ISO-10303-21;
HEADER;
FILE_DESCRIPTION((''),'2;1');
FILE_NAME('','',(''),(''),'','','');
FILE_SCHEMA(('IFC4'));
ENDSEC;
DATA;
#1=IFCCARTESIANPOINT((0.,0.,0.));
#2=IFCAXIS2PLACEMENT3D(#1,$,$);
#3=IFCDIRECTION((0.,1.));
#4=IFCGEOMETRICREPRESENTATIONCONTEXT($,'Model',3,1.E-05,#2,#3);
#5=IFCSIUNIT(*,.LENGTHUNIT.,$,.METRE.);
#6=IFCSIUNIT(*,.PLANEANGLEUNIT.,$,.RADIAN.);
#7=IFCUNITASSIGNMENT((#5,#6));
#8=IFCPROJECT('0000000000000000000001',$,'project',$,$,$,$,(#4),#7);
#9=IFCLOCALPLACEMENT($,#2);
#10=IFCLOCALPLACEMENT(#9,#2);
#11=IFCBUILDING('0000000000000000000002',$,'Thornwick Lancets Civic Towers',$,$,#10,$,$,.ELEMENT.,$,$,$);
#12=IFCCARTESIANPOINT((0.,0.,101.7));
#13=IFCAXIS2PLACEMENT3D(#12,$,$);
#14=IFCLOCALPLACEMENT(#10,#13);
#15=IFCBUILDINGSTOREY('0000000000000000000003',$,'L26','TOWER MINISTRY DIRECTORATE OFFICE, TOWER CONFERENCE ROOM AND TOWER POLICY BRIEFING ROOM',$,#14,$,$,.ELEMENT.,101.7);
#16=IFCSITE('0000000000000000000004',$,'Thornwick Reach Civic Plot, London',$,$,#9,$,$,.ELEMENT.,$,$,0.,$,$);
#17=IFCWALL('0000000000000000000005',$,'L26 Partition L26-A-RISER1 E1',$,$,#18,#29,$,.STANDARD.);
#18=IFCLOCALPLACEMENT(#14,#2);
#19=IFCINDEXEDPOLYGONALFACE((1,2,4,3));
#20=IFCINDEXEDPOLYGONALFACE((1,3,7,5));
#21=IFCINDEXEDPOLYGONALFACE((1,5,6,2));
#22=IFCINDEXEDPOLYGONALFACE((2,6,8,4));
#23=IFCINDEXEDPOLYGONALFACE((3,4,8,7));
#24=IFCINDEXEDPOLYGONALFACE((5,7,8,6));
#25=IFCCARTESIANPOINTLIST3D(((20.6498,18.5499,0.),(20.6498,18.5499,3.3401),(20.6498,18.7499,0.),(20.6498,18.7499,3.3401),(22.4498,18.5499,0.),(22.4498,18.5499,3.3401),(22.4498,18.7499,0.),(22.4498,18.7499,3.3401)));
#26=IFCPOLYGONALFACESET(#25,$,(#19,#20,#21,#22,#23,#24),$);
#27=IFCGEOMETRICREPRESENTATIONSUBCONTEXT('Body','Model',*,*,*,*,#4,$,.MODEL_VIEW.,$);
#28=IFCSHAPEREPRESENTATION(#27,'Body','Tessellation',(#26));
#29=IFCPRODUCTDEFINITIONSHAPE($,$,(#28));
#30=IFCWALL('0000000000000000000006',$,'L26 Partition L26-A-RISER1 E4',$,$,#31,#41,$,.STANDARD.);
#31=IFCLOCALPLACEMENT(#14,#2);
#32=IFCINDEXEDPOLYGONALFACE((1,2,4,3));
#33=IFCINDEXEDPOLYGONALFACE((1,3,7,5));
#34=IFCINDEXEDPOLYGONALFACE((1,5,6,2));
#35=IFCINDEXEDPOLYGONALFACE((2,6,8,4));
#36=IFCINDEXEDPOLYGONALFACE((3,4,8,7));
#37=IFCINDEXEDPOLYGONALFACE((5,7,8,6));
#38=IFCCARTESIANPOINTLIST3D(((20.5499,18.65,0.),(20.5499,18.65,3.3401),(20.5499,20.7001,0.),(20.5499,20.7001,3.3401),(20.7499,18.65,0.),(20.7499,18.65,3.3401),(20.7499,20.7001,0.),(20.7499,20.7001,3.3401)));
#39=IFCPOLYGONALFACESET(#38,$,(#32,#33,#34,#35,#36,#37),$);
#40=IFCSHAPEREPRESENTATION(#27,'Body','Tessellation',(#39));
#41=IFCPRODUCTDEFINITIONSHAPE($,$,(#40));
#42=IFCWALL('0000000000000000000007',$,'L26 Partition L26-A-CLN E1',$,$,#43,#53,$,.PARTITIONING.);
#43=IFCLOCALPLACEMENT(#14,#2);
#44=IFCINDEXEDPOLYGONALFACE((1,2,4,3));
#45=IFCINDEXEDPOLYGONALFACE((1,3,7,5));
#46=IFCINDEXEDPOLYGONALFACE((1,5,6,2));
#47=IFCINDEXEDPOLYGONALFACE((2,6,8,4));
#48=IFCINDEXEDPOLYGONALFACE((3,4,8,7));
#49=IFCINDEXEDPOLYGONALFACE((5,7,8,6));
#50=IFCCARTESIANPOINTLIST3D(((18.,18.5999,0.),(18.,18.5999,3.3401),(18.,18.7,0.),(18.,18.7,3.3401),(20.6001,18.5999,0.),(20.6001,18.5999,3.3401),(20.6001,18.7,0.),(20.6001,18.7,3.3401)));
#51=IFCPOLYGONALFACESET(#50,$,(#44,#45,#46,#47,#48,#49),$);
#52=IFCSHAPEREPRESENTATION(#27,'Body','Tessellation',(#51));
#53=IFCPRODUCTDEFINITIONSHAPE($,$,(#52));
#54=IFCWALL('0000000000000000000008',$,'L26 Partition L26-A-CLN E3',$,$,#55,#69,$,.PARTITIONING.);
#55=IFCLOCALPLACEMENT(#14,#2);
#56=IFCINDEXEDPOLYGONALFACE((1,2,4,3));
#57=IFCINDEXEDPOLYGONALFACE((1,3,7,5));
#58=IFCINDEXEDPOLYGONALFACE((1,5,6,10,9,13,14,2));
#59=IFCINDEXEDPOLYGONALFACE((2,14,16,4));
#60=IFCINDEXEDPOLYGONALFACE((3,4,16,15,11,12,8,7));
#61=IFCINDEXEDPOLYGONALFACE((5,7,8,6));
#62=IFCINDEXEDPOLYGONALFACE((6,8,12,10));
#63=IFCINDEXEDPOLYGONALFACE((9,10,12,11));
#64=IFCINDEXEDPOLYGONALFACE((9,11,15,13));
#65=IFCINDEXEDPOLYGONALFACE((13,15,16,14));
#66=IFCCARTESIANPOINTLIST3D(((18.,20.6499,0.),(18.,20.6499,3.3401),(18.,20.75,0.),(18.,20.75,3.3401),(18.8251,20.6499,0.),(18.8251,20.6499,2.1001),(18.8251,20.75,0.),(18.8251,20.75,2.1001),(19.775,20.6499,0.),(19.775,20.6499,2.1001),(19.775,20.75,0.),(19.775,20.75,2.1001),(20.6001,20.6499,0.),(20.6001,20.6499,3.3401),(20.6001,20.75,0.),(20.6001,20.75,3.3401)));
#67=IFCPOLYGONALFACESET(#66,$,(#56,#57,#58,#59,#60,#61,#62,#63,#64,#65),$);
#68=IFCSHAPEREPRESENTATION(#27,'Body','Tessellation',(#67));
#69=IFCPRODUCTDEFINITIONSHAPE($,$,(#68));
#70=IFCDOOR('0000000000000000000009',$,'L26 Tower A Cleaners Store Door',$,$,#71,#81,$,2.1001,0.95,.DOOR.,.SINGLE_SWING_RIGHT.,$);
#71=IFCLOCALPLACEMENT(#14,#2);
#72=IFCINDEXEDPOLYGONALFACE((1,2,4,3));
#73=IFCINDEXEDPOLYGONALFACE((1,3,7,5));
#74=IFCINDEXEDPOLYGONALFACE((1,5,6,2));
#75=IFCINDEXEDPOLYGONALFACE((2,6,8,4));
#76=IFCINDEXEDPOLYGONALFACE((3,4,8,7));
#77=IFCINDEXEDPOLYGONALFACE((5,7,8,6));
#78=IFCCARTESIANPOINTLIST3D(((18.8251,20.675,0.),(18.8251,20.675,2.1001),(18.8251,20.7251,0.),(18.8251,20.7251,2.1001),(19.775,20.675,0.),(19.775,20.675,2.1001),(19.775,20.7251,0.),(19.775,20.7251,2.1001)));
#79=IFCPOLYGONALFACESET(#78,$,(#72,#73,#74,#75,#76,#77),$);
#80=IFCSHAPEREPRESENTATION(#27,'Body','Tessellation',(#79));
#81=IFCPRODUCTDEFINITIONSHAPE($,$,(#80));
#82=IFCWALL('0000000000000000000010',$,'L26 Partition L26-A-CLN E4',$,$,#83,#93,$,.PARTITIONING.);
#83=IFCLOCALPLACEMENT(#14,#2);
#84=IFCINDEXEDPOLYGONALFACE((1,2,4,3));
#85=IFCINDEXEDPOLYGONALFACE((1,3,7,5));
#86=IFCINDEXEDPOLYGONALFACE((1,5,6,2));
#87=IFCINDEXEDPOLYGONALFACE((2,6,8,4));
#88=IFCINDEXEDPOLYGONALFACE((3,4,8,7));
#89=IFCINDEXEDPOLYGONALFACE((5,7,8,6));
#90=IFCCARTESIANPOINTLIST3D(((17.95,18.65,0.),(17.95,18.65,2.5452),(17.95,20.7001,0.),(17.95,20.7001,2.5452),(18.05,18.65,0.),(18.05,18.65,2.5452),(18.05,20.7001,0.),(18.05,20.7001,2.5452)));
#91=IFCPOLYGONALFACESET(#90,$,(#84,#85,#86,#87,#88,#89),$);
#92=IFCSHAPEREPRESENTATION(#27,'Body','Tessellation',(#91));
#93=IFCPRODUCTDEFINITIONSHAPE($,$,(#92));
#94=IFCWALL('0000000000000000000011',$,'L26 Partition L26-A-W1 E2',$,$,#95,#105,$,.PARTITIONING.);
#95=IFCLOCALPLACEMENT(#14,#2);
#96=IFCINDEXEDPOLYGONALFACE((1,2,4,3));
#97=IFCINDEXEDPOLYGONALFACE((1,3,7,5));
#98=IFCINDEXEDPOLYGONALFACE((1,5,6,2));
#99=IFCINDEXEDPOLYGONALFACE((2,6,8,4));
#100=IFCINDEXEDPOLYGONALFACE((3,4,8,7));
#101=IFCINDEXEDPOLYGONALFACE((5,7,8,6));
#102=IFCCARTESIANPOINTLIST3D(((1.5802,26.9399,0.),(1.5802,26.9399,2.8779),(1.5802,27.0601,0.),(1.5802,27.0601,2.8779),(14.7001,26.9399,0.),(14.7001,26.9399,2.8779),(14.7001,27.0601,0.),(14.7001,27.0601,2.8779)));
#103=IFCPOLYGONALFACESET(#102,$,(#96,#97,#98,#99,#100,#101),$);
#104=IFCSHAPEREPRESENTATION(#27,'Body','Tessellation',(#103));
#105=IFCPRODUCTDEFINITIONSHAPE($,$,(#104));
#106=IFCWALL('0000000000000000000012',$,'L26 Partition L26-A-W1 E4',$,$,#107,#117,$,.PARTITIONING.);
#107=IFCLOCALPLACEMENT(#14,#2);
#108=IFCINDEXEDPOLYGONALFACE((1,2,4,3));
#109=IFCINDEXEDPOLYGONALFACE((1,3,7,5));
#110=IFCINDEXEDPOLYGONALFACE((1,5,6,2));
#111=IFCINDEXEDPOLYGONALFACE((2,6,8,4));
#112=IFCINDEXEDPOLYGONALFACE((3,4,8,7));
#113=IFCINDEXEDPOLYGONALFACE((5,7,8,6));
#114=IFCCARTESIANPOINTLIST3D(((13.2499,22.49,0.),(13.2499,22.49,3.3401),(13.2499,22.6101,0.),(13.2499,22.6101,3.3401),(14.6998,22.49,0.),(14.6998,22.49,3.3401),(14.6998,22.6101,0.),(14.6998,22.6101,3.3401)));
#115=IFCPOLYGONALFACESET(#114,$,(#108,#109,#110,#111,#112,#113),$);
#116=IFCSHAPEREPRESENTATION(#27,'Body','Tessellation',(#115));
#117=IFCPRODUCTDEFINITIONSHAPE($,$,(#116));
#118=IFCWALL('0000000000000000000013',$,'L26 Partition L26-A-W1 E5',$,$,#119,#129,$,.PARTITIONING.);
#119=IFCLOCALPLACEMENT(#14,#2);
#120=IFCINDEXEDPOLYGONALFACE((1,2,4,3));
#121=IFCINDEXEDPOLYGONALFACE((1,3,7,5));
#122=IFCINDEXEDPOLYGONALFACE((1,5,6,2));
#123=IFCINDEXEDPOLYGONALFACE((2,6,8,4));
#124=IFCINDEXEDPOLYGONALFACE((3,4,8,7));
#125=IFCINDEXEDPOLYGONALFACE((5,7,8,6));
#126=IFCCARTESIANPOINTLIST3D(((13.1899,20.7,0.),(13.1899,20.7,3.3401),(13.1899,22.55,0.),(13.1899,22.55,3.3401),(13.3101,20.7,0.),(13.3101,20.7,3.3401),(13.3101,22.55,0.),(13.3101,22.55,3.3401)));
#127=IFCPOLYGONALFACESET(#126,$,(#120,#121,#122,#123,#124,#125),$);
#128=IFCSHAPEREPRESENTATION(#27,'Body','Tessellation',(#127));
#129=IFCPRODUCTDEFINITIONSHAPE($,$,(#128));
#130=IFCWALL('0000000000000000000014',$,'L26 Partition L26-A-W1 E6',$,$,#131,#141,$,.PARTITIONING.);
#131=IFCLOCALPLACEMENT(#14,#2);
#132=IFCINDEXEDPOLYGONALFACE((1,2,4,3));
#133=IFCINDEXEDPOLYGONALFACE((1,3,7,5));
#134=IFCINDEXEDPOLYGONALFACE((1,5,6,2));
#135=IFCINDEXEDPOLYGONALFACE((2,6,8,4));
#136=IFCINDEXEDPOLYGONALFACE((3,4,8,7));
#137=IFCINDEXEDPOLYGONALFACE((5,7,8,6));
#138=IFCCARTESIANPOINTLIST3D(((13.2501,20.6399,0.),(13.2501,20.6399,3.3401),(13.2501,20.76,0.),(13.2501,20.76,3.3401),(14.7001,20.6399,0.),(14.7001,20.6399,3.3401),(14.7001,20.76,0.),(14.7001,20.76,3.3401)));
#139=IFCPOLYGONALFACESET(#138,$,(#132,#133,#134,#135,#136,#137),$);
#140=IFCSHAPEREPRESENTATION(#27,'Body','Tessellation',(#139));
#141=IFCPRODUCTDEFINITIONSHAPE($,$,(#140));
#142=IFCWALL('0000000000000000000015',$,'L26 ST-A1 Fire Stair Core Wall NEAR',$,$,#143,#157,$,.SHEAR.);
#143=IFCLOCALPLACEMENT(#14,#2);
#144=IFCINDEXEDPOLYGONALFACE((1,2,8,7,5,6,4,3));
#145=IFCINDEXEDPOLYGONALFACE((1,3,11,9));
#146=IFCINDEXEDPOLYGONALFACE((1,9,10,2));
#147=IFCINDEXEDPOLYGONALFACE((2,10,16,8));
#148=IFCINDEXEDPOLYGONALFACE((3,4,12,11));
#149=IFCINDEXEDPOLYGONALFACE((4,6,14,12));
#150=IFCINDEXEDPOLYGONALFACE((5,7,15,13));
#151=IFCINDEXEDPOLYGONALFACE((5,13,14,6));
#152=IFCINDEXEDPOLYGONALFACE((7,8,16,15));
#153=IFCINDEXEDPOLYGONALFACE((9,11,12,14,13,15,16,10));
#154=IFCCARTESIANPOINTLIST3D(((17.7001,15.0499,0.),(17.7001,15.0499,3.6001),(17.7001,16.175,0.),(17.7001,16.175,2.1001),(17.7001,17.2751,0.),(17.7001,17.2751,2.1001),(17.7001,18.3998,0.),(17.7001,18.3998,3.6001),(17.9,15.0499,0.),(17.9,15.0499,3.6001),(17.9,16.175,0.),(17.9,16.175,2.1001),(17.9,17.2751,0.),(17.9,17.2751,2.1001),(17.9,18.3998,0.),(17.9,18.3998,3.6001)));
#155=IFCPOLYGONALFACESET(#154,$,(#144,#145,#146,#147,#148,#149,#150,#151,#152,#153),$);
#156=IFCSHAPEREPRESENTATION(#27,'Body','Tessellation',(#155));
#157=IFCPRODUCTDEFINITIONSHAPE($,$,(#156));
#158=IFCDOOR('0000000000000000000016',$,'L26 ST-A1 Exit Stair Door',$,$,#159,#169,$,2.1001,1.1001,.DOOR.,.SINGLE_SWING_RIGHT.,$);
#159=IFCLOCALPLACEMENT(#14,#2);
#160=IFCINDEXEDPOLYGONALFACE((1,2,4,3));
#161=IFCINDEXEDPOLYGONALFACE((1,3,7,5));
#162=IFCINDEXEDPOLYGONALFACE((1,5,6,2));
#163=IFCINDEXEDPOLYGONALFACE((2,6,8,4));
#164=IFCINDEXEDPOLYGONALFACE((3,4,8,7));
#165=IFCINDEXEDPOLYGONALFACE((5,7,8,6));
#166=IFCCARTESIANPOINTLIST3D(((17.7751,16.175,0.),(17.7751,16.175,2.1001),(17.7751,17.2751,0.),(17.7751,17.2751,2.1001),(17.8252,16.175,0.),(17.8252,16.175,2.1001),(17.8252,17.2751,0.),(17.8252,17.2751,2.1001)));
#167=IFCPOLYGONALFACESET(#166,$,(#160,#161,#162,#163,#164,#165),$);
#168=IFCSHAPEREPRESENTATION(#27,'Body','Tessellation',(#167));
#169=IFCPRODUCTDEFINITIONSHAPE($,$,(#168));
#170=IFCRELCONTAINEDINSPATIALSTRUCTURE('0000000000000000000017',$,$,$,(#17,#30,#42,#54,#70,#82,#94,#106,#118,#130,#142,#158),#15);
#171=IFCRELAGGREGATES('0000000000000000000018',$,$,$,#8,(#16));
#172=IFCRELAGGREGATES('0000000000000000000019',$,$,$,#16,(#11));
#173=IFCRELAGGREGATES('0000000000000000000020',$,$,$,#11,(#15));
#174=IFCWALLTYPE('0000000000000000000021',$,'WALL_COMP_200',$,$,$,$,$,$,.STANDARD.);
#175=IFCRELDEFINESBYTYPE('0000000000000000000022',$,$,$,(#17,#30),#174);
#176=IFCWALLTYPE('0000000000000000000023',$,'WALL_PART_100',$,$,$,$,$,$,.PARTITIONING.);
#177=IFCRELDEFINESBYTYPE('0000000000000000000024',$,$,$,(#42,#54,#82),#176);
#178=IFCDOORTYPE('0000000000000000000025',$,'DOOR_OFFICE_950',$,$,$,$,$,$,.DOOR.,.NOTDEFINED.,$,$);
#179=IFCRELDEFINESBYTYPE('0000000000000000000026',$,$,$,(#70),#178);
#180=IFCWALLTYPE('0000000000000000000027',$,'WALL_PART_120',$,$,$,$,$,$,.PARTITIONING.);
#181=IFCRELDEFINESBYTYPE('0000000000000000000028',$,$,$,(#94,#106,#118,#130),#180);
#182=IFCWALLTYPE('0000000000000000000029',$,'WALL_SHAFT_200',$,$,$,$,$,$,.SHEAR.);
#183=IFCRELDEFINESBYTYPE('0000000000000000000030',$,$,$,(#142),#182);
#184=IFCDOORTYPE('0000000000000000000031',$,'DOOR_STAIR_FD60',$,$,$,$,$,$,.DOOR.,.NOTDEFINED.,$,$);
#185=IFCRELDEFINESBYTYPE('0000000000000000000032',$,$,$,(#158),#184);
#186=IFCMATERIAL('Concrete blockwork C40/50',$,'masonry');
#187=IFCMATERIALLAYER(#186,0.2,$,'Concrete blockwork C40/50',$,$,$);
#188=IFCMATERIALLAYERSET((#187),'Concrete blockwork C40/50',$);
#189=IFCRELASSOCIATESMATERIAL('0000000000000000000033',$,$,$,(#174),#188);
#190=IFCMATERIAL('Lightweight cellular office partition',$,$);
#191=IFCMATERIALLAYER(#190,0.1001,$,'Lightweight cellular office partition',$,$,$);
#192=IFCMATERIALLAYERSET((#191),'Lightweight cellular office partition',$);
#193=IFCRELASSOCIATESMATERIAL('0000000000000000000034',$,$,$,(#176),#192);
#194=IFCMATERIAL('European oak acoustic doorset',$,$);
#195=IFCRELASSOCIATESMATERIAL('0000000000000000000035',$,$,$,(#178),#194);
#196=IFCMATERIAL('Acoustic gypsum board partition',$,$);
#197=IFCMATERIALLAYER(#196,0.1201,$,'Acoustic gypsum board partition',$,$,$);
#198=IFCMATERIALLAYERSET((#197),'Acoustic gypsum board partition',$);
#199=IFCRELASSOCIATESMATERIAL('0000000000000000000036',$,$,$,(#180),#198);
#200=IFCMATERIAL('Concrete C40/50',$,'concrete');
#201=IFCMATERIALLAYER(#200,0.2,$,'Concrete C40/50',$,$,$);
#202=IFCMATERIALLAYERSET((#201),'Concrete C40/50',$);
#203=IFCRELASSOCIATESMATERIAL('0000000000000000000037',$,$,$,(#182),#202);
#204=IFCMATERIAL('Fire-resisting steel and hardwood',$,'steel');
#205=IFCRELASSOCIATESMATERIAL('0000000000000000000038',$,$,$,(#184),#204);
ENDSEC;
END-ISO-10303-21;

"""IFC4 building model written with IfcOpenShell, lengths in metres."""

from ifc_helpers import new_model, si_unit, direction, frame, frame_2d, origin, place, context, subcontext, project, spatial, rectangle, extrude, material, layer, layer_set, type_object, element, fill, save


model = new_model("IFC4")

# Units and contexts
model_context = context("Model", 3, precision=1e-05, world=origin(), true_north=direction((0.0, 1.0)))
body_context = subcontext(model_context, "Body", "Model", "MODEL_VIEW")
ifc_project = project(units=[si_unit("LENGTHUNIT", "METRE"), si_unit("PLANEANGLEUNIT", "RADIAN")], contexts=[model_context])

# Site, building, storey
site_placement = place(None, origin())
site = spatial("IfcSite", under=ifc_project, at=site_placement, Name="Thornwick Reach Civic Plot, London", CompositionType="ELEMENT", RefElevation=0.0)
building_placement = place(site_placement, origin())
building = spatial("IfcBuilding", under=site, at=building_placement, Name="Thornwick Lancets Civic Towers", CompositionType="ELEMENT")
storey_placement = place(building_placement, frame((0.0, 0.0, 101.7)))
storey = spatial("IfcBuildingStorey", under=building, at=storey_placement, Name="L26", Description="TOWER MINISTRY DIRECTORATE OFFICE, TOWER CONFERENCE ROOM AND TOWER POLICY BRIEFING ROOM", CompositionType="ELEMENT", Elevation=101.7)

# Shared definitions
ifc_material_1 = material(Name="Concrete blockwork C40/50", Category="masonry")
ifc_layer_1 = layer(ifc_material_1, 0.2, Name="Concrete blockwork C40/50")
ifc_layer_set_1 = layer_set([ifc_layer_1], Name="Concrete blockwork C40/50")
wall_type_1 = type_object("IfcWallType", Name="WALL_COMP_200", PredefinedType="STANDARD", material=ifc_layer_set_1)

# Walls
wall_1_placement = place(storey_placement, frame((20.6499, 18.6499, 0.0), z_axis=(0.0, 0.0, 1.0), x_axis=(1.0, 0.0, 0.0)))
element("IfcWall", 1, at=wall_1_placement, inside=storey, type_object=wall_type_1, Name="L26 Partition L26-A-RISER1 E1", PredefinedType="STANDARD", context=body_context, shape_type="SweptSolid", body=[
    extrude(rectangle(XDim=1.8, YDim=0.2, at=frame_2d((0.8999, 0.0))), origin(), (0.0, 0.0, 1.0), 3.3401),
])
wall_2_placement = place(storey_placement, frame((20.6499, 20.7, 0.0), z_axis=(0.0, 0.0, 1.0), x_axis=(0.0, -1.0, 0.0)))
element("IfcWall", 2, at=wall_2_placement, inside=storey, type_object=wall_type_1, Name="L26 Partition L26-A-RISER1 E4", PredefinedType="STANDARD", context=body_context, shape_type="SweptSolid", body=[
    extrude(rectangle(XDim=2.05, YDim=0.2, at=frame_2d((1.0249, 0.0))), origin(), (0.0, 0.0, 1.0), 3.3401),
])
ifc_material_2 = material(Name="Lightweight cellular office partition")
ifc_layer_2 = layer(ifc_material_2, 0.1001, Name="Lightweight cellular office partition")
ifc_layer_set_2 = layer_set([ifc_layer_2], Name="Lightweight cellular office partition")
wall_type_2 = type_object("IfcWallType", Name="WALL_PART_100", PredefinedType="PARTITIONING", material=ifc_layer_set_2)
wall_3_placement = place(storey_placement, frame((18.0, 18.6499, 0.0), z_axis=(0.0, 0.0, 1.0), x_axis=(1.0, 0.0, 0.0)))
element("IfcWall", 3, at=wall_3_placement, inside=storey, type_object=wall_type_2, Name="L26 Partition L26-A-CLN E1", PredefinedType="PARTITIONING", context=body_context, shape_type="SweptSolid", body=[
    extrude(rectangle(XDim=2.6001, YDim=0.1001, at=frame_2d((1.3, 0.0))), origin(), (0.0, 0.0, 1.0), 3.3401),
])

# Wall, opening, door
wall_4_placement = place(storey_placement, frame((20.6001, 20.7, 0.0), z_axis=(0.0, 0.0, 1.0), x_axis=(-1.0, 0.0, 0.0)))
wall_4 = element("IfcWall", 4, at=wall_4_placement, inside=storey, type_object=wall_type_2, Name="L26 Partition L26-A-CLN E3", PredefinedType="PARTITIONING", context=body_context, shape_type="SweptSolid", body=[
    extrude(rectangle(XDim=2.6001, YDim=0.1001, at=frame_2d((1.3, 0.0))), origin(), (0.0, 0.0, 1.0), 3.3401),
])
opening_1_placement = place(wall_4_placement, frame((0.825, 0.0, 0.0)))
opening_1 = element("IfcOpeningElement", 5, at=opening_1_placement, cuts=wall_4, PredefinedType="OPENING", context=body_context, shape_type="SweptSolid", body=[
    extrude(rectangle(XDim=0.95, YDim=2.1001, at=frame_2d((0.4751, 1.05))), frame((0.0, 0.0601, 0.0), z_axis=(0.0, -1.0, 0.0), x_axis=(1.0, 0.0, 0.0)), (0.0, 0.0, 1.0), 0.1201),
])
ifc_material_3 = material(Name="European oak acoustic doorset")
door_type_1 = type_object("IfcDoorType", Name="DOOR_OFFICE_950", OperationType="NOTDEFINED", PredefinedType="DOOR", material=ifc_material_3)
door_1_placement = place(opening_1_placement, origin())
door_1 = element("IfcDoor", 6, at=door_1_placement, inside=storey, type_object=door_type_1, Name="L26 Tower A Cleaners Store Door", OperationType="SINGLE_SWING_RIGHT", OverallHeight=2.1001, OverallWidth=0.95, PredefinedType="DOOR", context=body_context, shape_type="SweptSolid", body=[
    extrude(rectangle(XDim=0.95, YDim=2.1001, at=frame_2d((0.4751, 1.05))), frame((0.0, 0.0249, 0.0), z_axis=(0.0, -1.0, 0.0), x_axis=(1.0, 0.0, 0.0)), (0.0, 0.0, 1.0), 0.05),
])
fill(opening_1, door_1)

# Walls
wall_5_placement = place(storey_placement, frame((18.0, 20.7, 0.0), z_axis=(0.0, 0.0, 1.0), x_axis=(0.0, -1.0, 0.0)))
element("IfcWall", 7, at=wall_5_placement, inside=storey, type_object=wall_type_2, Name="L26 Partition L26-A-CLN E4", PredefinedType="PARTITIONING", context=body_context, shape_type="SweptSolid", body=[
    extrude(rectangle(XDim=2.05, YDim=0.1001, at=frame_2d((1.0249, 0.0))), origin(), (0.0, 0.0, 1.0), 2.5452),
])
ifc_material_4 = material(Name="Acoustic gypsum board partition")
ifc_layer_3 = layer(ifc_material_4, 0.1201, Name="Acoustic gypsum board partition")
ifc_layer_set_3 = layer_set([ifc_layer_3], Name="Acoustic gypsum board partition")
wall_type_3 = type_object("IfcWallType", Name="WALL_PART_120", PredefinedType="PARTITIONING", material=ifc_layer_set_3)
wall_6_placement = place(storey_placement, frame((1.5801, 27.0, 0.0), z_axis=(0.0, 0.0, 1.0), x_axis=(1.0, 0.0, 0.0)))
element("IfcWall", 8, at=wall_6_placement, inside=storey, type_object=wall_type_3, Name="L26 Partition L26-A-W1 E2", PredefinedType="PARTITIONING", context=body_context, shape_type="SweptSolid", body=[
    extrude(rectangle(XDim=13.1199, YDim=0.1201, at=frame_2d((6.5601, 0.0))), origin(), (0.0, 0.0, 1.0), 2.8779),
])
wall_7_placement = place(storey_placement, frame((14.7, 22.55, 0.0), z_axis=(0.0, 0.0, 1.0), x_axis=(-1.0, 0.0, 0.0)))
element("IfcWall", 9, at=wall_7_placement, inside=storey, type_object=wall_type_3, Name="L26 Partition L26-A-W1 E4", PredefinedType="PARTITIONING", context=body_context, shape_type="SweptSolid", body=[
    extrude(rectangle(XDim=1.45, YDim=0.1201, at=frame_2d((0.7251, 0.0))), origin(), (0.0, 0.0, 1.0), 3.3401),
])
wall_8_placement = place(storey_placement, frame((13.25, 22.55, 0.0), z_axis=(0.0, 0.0, 1.0), x_axis=(0.0, -1.0, 0.0)))
element("IfcWall", 10, at=wall_8_placement, inside=storey, type_object=wall_type_3, Name="L26 Partition L26-A-W1 E5", PredefinedType="PARTITIONING", context=body_context, shape_type="SweptSolid", body=[
    extrude(rectangle(XDim=1.8501, YDim=0.1201, at=frame_2d((0.925, 0.0))), origin(), (0.0, 0.0, 1.0), 3.3401),
])
wall_9_placement = place(storey_placement, frame((13.25, 20.7, 0.0), z_axis=(0.0, 0.0, 1.0), x_axis=(1.0, 0.0, 0.0)))
element("IfcWall", 11, at=wall_9_placement, inside=storey, type_object=wall_type_3, Name="L26 Partition L26-A-W1 E6", PredefinedType="PARTITIONING", context=body_context, shape_type="SweptSolid", body=[
    extrude(rectangle(XDim=1.45, YDim=0.1201, at=frame_2d((0.7251, 0.0))), origin(), (0.0, 0.0, 1.0), 3.3401),
])

# Wall, opening, door
ifc_material_5 = material(Name="Concrete C40/50", Category="concrete")
ifc_layer_4 = layer(ifc_material_5, 0.2, Name="Concrete C40/50")
ifc_layer_set_4 = layer_set([ifc_layer_4], Name="Concrete C40/50")
wall_type_4 = type_object("IfcWallType", Name="WALL_SHAFT_200", PredefinedType="SHEAR", material=ifc_layer_set_4)
wall_10_placement = place(storey_placement, frame((17.8, 15.05, 0.0), z_axis=(0.0, 0.0, 1.0), x_axis=(0.0, 1.0, 0.0)))
wall_10 = element("IfcWall", 12, at=wall_10_placement, inside=storey, type_object=wall_type_4, Name="L26 ST-A1 Fire Stair Core Wall NEAR", PredefinedType="SHEAR", context=body_context, shape_type="SweptSolid", body=[
    extrude(rectangle(XDim=3.3499, YDim=0.2, at=frame_2d((1.6748, 0.0))), origin(), (0.0, 0.0, 1.0), 3.6001),
])
opening_2_placement = place(wall_10_placement, frame((1.125, 0.0, 0.0)))
opening_2 = element("IfcOpeningElement", 13, at=opening_2_placement, cuts=wall_10, PredefinedType="OPENING", context=body_context, shape_type="SweptSolid", body=[
    extrude(rectangle(XDim=1.1001, YDim=2.1001, at=frame_2d((0.55, 1.05))), frame((0.0, 0.1099, 0.0), z_axis=(0.0, -1.0, 0.0), x_axis=(1.0, 0.0, 0.0)), (0.0, 0.0, 1.0), 0.22),
])
ifc_material_6 = material(Name="Fire-resisting steel and hardwood", Category="steel")
door_type_2 = type_object("IfcDoorType", Name="DOOR_STAIR_FD60", OperationType="NOTDEFINED", PredefinedType="DOOR", material=ifc_material_6)
door_2_placement = place(opening_2_placement, origin())
door_2 = element("IfcDoor", 14, at=door_2_placement, inside=storey, type_object=door_type_2, Name="L26 ST-A1 Exit Stair Door", OperationType="SINGLE_SWING_RIGHT", OverallHeight=2.1001, OverallWidth=1.1001, PredefinedType="DOOR", context=body_context, shape_type="SweptSolid", body=[
    extrude(rectangle(XDim=1.1001, YDim=2.1001, at=frame_2d((0.55, 1.05))), frame((0.0, 0.0249, 0.0), z_axis=(0.0, -1.0, 0.0), x_axis=(1.0, 0.0, 0.0)), (0.0, 0.0, 1.0), 0.05),
])
fill(opening_2, door_2)

save(model, "model.ifc")
